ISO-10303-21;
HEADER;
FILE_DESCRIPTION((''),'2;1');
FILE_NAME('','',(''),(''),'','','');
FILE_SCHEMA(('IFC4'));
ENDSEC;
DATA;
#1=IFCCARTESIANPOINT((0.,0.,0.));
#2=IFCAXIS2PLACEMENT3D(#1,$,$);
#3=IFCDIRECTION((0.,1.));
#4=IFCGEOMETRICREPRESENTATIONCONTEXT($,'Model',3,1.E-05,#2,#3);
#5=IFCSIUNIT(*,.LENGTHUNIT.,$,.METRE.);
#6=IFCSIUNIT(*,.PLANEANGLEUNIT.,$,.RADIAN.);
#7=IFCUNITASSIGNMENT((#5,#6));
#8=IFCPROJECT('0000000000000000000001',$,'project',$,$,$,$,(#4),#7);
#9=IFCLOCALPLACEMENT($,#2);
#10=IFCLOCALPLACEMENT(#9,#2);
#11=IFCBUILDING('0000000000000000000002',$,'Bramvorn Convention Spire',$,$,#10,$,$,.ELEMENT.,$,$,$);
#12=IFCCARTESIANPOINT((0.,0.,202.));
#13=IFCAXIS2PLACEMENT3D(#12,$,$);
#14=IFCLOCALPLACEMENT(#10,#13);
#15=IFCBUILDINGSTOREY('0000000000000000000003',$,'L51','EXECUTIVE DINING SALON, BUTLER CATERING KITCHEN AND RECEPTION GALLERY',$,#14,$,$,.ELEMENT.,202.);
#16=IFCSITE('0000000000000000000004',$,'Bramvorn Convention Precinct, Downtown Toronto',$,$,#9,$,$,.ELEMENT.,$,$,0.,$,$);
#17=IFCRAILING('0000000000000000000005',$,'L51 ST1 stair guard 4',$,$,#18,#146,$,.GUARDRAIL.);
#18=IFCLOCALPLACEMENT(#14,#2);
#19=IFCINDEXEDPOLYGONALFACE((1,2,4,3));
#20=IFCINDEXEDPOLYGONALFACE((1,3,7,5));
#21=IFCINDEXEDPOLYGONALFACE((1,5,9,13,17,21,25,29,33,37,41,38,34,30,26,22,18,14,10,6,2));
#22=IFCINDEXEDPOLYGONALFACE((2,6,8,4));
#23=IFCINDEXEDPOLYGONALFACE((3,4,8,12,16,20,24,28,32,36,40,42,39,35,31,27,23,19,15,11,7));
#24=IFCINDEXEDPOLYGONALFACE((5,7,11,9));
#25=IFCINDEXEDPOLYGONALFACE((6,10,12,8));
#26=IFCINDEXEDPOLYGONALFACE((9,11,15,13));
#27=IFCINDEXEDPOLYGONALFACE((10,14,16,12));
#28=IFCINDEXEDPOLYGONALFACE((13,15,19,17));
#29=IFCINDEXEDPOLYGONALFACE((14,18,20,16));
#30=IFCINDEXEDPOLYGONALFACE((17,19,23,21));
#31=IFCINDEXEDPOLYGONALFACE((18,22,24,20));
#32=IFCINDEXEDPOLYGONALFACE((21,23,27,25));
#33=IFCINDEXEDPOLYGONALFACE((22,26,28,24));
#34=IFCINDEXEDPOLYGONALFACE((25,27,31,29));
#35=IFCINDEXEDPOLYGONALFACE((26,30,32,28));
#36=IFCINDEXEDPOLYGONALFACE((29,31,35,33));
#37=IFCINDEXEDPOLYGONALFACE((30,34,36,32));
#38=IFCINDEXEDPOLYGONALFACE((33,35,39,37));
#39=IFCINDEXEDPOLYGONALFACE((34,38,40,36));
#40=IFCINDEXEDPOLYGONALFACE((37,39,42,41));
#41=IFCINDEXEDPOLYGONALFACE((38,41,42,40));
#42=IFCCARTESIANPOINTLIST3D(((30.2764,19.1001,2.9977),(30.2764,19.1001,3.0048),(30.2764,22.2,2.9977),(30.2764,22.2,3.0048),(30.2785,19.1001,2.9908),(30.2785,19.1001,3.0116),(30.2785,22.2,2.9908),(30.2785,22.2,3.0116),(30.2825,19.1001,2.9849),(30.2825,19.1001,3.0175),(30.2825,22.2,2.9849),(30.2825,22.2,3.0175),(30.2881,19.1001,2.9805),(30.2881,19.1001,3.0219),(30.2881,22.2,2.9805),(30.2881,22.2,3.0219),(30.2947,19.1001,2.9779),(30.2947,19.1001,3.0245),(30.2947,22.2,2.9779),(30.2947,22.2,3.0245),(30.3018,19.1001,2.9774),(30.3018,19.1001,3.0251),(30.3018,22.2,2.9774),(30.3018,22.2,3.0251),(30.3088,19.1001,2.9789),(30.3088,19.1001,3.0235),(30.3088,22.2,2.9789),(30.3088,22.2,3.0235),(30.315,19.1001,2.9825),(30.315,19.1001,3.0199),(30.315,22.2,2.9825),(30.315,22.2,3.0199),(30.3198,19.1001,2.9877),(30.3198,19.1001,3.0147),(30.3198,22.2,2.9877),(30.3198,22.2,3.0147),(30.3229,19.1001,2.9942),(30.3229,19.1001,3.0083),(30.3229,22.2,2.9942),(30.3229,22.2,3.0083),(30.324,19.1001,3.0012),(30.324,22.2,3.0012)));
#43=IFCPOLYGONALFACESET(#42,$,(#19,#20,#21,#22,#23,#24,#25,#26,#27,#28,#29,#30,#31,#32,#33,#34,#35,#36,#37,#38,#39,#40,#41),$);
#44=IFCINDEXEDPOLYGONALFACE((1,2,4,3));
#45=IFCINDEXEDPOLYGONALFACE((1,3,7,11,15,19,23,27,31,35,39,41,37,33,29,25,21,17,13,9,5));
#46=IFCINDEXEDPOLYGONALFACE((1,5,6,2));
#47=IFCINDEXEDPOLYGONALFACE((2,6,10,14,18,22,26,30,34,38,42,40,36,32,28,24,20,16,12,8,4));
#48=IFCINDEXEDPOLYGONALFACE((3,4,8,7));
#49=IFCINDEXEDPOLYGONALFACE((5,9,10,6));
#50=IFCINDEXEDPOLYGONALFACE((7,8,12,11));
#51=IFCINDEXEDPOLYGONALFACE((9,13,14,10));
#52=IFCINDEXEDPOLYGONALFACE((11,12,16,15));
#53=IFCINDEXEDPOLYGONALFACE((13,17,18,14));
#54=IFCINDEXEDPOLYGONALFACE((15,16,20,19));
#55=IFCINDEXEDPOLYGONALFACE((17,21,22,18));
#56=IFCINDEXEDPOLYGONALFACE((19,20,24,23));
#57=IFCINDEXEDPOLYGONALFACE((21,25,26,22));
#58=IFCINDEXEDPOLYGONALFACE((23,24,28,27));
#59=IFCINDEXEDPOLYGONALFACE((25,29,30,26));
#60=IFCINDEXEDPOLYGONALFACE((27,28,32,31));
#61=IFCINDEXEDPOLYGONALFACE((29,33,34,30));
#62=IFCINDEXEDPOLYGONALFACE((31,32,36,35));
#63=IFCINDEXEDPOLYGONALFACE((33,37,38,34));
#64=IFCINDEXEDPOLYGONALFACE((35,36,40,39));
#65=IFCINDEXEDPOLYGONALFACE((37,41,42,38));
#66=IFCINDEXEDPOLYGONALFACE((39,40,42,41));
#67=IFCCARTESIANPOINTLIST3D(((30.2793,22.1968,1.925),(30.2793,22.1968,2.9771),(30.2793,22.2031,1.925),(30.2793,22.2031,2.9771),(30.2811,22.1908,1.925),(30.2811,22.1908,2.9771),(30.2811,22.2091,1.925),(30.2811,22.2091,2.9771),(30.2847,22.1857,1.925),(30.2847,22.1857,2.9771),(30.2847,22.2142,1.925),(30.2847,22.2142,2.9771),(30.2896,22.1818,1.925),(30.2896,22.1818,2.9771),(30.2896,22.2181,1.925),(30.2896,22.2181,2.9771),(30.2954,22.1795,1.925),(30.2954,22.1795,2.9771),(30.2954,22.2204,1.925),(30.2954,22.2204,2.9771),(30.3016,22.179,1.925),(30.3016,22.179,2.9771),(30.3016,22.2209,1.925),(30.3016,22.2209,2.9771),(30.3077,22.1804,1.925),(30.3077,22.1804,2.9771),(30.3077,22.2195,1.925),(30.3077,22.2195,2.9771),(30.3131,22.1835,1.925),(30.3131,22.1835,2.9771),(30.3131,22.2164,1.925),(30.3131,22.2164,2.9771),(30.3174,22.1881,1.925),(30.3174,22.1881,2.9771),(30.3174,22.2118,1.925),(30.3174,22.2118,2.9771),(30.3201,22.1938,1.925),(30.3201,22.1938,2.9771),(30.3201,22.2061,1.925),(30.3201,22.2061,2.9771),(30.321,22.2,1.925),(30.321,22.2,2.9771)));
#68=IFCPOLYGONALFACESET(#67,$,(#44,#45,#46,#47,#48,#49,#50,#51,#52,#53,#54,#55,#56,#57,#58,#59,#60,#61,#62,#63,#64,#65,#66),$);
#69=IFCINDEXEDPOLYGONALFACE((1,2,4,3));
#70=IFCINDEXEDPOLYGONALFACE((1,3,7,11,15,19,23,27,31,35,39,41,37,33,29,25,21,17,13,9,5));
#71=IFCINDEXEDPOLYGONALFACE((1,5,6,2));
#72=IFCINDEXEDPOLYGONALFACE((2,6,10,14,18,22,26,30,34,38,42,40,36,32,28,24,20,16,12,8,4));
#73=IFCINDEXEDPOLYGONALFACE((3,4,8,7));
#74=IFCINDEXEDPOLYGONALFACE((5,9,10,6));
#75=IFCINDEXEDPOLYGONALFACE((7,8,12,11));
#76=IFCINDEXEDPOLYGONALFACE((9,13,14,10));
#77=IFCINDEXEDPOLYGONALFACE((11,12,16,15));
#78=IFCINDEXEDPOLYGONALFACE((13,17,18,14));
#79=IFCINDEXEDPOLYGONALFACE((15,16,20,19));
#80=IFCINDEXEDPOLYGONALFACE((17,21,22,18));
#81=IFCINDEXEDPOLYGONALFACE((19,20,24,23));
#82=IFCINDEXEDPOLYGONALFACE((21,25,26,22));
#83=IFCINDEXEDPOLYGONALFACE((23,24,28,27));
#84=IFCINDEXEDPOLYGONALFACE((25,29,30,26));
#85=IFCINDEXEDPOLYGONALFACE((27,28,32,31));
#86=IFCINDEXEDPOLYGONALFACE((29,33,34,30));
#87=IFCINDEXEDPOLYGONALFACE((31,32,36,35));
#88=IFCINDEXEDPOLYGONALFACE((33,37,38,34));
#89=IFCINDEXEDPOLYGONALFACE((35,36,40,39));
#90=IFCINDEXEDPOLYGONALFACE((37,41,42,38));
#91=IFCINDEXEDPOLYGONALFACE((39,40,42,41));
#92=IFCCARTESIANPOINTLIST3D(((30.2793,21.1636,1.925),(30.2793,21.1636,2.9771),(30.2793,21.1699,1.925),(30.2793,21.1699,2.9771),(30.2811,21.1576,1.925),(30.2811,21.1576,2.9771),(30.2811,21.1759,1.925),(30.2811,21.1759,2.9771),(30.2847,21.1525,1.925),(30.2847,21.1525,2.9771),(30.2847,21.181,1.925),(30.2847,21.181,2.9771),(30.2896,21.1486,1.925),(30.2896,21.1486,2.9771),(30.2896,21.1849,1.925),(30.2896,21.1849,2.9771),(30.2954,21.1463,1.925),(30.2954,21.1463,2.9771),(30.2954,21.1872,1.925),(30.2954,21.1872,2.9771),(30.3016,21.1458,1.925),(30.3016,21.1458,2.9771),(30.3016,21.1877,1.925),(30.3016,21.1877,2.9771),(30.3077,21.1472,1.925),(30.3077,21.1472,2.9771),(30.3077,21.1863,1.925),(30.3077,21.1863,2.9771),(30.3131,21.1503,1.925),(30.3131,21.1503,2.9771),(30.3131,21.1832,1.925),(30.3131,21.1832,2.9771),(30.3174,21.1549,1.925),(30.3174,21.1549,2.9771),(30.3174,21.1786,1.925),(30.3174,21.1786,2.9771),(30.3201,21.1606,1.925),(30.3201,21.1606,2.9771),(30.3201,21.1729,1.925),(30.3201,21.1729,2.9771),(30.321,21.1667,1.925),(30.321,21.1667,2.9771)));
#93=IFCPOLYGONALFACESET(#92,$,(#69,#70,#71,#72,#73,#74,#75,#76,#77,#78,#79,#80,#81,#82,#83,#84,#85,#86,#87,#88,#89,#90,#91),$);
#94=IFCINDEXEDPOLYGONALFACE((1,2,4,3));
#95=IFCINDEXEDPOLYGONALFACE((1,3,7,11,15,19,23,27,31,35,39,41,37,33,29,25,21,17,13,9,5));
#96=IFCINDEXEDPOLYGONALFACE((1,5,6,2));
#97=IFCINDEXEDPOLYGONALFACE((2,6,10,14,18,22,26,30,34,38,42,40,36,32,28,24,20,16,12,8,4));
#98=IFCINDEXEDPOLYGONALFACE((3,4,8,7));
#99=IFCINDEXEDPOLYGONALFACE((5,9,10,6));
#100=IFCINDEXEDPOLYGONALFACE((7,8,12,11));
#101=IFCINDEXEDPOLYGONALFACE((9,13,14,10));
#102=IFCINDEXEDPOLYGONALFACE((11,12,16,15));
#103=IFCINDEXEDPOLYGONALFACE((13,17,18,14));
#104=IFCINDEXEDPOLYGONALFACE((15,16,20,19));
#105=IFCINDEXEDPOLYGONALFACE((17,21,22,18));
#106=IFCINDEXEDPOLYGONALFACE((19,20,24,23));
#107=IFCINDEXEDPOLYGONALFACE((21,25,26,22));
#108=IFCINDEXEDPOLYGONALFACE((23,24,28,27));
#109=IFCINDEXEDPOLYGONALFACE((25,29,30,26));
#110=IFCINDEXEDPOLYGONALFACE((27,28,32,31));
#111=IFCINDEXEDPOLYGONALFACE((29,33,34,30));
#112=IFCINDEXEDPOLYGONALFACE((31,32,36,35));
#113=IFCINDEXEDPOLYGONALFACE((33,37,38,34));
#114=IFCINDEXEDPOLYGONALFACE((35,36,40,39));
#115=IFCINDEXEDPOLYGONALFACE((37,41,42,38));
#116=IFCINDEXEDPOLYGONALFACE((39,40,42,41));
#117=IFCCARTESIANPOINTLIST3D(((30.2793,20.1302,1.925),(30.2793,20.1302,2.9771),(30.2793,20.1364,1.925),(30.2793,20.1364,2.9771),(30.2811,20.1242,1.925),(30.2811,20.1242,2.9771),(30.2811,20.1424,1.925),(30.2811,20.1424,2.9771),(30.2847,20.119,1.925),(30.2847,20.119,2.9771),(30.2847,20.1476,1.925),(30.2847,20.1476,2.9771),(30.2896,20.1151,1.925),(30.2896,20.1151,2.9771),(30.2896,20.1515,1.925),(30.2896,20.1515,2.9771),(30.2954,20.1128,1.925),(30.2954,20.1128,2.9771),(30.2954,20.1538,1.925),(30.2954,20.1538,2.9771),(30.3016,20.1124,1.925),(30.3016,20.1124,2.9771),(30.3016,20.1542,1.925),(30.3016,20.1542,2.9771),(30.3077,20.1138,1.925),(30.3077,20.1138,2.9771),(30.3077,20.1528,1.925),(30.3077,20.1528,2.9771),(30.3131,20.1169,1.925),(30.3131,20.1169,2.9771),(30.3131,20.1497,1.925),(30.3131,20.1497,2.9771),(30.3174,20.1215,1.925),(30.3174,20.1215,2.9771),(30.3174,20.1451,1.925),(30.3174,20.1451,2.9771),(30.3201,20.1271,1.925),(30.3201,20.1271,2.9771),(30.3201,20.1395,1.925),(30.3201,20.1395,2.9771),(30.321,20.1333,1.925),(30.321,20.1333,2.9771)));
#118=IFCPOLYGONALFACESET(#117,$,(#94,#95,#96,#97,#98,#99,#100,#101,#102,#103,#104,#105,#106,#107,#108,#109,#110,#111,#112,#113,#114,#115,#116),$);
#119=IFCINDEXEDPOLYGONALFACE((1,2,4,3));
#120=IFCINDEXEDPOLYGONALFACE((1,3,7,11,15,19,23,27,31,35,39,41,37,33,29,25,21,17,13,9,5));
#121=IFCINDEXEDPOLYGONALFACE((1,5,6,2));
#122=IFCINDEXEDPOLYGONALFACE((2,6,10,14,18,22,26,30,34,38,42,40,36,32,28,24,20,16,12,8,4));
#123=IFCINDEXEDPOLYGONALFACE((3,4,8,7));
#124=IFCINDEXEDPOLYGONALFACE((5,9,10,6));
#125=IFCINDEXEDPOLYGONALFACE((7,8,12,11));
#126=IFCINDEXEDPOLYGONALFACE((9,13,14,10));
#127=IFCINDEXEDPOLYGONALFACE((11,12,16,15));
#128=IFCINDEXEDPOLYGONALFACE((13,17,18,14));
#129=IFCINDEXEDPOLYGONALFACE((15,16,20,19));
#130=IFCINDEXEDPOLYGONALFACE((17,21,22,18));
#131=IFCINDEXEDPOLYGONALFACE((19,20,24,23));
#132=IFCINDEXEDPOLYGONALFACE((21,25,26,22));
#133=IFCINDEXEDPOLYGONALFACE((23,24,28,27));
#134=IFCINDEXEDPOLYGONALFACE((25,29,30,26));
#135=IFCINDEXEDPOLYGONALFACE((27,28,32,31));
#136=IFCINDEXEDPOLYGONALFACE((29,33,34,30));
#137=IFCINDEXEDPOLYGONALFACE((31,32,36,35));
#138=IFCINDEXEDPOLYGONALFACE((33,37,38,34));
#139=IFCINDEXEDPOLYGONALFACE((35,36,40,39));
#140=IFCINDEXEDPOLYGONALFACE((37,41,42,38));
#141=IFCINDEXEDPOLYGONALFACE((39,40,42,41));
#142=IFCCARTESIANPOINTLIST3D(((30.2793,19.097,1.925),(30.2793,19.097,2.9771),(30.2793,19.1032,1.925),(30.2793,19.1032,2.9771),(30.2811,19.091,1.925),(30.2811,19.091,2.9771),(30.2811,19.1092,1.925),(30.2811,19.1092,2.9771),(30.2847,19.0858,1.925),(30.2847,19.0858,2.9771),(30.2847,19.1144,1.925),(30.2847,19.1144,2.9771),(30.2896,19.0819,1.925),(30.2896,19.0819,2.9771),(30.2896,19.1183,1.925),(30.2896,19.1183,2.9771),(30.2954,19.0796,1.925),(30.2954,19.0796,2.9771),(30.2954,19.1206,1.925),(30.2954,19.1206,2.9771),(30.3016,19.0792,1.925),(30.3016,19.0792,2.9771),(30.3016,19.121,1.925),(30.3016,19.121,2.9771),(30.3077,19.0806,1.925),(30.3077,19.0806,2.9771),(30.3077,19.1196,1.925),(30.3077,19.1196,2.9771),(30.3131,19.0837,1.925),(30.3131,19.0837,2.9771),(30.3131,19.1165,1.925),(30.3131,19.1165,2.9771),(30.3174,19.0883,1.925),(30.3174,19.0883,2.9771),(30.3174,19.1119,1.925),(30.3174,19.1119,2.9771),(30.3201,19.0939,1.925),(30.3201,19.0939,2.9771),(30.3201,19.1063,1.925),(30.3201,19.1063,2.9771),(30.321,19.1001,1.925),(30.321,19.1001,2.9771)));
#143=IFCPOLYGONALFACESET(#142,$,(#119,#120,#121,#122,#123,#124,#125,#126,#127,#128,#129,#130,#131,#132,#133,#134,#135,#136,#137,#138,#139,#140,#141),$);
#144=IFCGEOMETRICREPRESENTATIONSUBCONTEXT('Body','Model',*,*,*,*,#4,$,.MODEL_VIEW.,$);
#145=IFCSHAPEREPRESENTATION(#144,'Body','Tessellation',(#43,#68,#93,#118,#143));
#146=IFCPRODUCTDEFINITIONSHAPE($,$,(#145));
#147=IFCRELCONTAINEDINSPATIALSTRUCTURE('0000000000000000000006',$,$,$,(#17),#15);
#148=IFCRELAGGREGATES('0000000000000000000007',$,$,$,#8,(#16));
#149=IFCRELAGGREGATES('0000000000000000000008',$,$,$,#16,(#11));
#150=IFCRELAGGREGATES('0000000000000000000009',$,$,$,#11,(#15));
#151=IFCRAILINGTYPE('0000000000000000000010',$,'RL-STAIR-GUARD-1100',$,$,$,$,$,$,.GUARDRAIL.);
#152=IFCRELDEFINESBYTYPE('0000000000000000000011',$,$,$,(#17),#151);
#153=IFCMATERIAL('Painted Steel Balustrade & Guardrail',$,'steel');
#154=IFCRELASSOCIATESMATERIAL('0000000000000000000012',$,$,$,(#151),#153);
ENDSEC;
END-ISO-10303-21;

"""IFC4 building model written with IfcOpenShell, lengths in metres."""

from ifc_helpers import new_model, si_unit, direction, frame, origin, origin_2d, place, context, subcontext, project, spatial, circle, extrude, material, type_object, element, save


model = new_model("IFC4")

# Units and contexts
model_context = context("Model", 3, precision=1e-05, world=origin(), true_north=direction((0.0, 1.0)))
body_context = subcontext(model_context, "Body", "Model", "MODEL_VIEW")
ifc_project = project(units=[si_unit("LENGTHUNIT", "METRE"), si_unit("PLANEANGLEUNIT", "RADIAN")], contexts=[model_context])

# Site, building, storey
site_placement = place(None, origin())
site = spatial("IfcSite", under=ifc_project, at=site_placement, Name="Bramvorn Convention Precinct, Downtown Toronto", CompositionType="ELEMENT", RefElevation=0.0)
building_placement = place(site_placement, origin())
building = spatial("IfcBuilding", under=site, at=building_placement, Name="Bramvorn Convention Spire", CompositionType="ELEMENT")
storey_placement = place(building_placement, frame((0.0, 0.0, 202.0)))
storey = spatial("IfcBuildingStorey", under=building, at=storey_placement, Name="L51", Description="EXECUTIVE DINING SALON, BUTLER CATERING KITCHEN AND RECEPTION GALLERY", CompositionType="ELEMENT", Elevation=202.0)

# Railing
ifc_material_1 = material(Name="Painted Steel Balustrade & Guardrail", Category="steel")
railing_type_1 = type_object("IfcRailingType", Name="RL-STAIR-GUARD-1100", PredefinedType="GUARDRAIL", material=ifc_material_1)
for number, where, name in (
    (1, (30.3, 22.2, 1.925), "L51 ST1 stair guard 4"),
):
    element("IfcRailing", number, at=place(storey_placement, frame(where)), inside=storey, type_object=railing_type_1, Name=name, PredefinedType="GUARDRAIL", context=body_context, shape_type="SweptSolid", body=[
        extrude(circle(Radius=0.0239, at=origin_2d()), frame((0.0, 0.0, 1.0762), z_axis=(0.0, -1.0, 0.0), x_axis=(1.0, 0.0, 0.0)), (0.0, 0.0, 1.0), 3.0999),
        extrude(circle(Radius=0.021, at=origin_2d()), origin(), (0.0, 0.0, 1.0), 1.052),
        extrude(circle(Radius=0.021, at=origin_2d()), frame((0.0, -1.0332, 0.0)), (0.0, 0.0, 1.0), 1.052),
        extrude(circle(Radius=0.021, at=origin_2d()), frame((0.0, -2.0667, 0.0)), (0.0, 0.0, 1.0), 1.052),
        extrude(circle(Radius=0.021, at=origin_2d()), frame((0.0, -3.0999, 0.0)), (0.0, 0.0, 1.0), 1.052),
    ])

save(model, "model.ifc")
